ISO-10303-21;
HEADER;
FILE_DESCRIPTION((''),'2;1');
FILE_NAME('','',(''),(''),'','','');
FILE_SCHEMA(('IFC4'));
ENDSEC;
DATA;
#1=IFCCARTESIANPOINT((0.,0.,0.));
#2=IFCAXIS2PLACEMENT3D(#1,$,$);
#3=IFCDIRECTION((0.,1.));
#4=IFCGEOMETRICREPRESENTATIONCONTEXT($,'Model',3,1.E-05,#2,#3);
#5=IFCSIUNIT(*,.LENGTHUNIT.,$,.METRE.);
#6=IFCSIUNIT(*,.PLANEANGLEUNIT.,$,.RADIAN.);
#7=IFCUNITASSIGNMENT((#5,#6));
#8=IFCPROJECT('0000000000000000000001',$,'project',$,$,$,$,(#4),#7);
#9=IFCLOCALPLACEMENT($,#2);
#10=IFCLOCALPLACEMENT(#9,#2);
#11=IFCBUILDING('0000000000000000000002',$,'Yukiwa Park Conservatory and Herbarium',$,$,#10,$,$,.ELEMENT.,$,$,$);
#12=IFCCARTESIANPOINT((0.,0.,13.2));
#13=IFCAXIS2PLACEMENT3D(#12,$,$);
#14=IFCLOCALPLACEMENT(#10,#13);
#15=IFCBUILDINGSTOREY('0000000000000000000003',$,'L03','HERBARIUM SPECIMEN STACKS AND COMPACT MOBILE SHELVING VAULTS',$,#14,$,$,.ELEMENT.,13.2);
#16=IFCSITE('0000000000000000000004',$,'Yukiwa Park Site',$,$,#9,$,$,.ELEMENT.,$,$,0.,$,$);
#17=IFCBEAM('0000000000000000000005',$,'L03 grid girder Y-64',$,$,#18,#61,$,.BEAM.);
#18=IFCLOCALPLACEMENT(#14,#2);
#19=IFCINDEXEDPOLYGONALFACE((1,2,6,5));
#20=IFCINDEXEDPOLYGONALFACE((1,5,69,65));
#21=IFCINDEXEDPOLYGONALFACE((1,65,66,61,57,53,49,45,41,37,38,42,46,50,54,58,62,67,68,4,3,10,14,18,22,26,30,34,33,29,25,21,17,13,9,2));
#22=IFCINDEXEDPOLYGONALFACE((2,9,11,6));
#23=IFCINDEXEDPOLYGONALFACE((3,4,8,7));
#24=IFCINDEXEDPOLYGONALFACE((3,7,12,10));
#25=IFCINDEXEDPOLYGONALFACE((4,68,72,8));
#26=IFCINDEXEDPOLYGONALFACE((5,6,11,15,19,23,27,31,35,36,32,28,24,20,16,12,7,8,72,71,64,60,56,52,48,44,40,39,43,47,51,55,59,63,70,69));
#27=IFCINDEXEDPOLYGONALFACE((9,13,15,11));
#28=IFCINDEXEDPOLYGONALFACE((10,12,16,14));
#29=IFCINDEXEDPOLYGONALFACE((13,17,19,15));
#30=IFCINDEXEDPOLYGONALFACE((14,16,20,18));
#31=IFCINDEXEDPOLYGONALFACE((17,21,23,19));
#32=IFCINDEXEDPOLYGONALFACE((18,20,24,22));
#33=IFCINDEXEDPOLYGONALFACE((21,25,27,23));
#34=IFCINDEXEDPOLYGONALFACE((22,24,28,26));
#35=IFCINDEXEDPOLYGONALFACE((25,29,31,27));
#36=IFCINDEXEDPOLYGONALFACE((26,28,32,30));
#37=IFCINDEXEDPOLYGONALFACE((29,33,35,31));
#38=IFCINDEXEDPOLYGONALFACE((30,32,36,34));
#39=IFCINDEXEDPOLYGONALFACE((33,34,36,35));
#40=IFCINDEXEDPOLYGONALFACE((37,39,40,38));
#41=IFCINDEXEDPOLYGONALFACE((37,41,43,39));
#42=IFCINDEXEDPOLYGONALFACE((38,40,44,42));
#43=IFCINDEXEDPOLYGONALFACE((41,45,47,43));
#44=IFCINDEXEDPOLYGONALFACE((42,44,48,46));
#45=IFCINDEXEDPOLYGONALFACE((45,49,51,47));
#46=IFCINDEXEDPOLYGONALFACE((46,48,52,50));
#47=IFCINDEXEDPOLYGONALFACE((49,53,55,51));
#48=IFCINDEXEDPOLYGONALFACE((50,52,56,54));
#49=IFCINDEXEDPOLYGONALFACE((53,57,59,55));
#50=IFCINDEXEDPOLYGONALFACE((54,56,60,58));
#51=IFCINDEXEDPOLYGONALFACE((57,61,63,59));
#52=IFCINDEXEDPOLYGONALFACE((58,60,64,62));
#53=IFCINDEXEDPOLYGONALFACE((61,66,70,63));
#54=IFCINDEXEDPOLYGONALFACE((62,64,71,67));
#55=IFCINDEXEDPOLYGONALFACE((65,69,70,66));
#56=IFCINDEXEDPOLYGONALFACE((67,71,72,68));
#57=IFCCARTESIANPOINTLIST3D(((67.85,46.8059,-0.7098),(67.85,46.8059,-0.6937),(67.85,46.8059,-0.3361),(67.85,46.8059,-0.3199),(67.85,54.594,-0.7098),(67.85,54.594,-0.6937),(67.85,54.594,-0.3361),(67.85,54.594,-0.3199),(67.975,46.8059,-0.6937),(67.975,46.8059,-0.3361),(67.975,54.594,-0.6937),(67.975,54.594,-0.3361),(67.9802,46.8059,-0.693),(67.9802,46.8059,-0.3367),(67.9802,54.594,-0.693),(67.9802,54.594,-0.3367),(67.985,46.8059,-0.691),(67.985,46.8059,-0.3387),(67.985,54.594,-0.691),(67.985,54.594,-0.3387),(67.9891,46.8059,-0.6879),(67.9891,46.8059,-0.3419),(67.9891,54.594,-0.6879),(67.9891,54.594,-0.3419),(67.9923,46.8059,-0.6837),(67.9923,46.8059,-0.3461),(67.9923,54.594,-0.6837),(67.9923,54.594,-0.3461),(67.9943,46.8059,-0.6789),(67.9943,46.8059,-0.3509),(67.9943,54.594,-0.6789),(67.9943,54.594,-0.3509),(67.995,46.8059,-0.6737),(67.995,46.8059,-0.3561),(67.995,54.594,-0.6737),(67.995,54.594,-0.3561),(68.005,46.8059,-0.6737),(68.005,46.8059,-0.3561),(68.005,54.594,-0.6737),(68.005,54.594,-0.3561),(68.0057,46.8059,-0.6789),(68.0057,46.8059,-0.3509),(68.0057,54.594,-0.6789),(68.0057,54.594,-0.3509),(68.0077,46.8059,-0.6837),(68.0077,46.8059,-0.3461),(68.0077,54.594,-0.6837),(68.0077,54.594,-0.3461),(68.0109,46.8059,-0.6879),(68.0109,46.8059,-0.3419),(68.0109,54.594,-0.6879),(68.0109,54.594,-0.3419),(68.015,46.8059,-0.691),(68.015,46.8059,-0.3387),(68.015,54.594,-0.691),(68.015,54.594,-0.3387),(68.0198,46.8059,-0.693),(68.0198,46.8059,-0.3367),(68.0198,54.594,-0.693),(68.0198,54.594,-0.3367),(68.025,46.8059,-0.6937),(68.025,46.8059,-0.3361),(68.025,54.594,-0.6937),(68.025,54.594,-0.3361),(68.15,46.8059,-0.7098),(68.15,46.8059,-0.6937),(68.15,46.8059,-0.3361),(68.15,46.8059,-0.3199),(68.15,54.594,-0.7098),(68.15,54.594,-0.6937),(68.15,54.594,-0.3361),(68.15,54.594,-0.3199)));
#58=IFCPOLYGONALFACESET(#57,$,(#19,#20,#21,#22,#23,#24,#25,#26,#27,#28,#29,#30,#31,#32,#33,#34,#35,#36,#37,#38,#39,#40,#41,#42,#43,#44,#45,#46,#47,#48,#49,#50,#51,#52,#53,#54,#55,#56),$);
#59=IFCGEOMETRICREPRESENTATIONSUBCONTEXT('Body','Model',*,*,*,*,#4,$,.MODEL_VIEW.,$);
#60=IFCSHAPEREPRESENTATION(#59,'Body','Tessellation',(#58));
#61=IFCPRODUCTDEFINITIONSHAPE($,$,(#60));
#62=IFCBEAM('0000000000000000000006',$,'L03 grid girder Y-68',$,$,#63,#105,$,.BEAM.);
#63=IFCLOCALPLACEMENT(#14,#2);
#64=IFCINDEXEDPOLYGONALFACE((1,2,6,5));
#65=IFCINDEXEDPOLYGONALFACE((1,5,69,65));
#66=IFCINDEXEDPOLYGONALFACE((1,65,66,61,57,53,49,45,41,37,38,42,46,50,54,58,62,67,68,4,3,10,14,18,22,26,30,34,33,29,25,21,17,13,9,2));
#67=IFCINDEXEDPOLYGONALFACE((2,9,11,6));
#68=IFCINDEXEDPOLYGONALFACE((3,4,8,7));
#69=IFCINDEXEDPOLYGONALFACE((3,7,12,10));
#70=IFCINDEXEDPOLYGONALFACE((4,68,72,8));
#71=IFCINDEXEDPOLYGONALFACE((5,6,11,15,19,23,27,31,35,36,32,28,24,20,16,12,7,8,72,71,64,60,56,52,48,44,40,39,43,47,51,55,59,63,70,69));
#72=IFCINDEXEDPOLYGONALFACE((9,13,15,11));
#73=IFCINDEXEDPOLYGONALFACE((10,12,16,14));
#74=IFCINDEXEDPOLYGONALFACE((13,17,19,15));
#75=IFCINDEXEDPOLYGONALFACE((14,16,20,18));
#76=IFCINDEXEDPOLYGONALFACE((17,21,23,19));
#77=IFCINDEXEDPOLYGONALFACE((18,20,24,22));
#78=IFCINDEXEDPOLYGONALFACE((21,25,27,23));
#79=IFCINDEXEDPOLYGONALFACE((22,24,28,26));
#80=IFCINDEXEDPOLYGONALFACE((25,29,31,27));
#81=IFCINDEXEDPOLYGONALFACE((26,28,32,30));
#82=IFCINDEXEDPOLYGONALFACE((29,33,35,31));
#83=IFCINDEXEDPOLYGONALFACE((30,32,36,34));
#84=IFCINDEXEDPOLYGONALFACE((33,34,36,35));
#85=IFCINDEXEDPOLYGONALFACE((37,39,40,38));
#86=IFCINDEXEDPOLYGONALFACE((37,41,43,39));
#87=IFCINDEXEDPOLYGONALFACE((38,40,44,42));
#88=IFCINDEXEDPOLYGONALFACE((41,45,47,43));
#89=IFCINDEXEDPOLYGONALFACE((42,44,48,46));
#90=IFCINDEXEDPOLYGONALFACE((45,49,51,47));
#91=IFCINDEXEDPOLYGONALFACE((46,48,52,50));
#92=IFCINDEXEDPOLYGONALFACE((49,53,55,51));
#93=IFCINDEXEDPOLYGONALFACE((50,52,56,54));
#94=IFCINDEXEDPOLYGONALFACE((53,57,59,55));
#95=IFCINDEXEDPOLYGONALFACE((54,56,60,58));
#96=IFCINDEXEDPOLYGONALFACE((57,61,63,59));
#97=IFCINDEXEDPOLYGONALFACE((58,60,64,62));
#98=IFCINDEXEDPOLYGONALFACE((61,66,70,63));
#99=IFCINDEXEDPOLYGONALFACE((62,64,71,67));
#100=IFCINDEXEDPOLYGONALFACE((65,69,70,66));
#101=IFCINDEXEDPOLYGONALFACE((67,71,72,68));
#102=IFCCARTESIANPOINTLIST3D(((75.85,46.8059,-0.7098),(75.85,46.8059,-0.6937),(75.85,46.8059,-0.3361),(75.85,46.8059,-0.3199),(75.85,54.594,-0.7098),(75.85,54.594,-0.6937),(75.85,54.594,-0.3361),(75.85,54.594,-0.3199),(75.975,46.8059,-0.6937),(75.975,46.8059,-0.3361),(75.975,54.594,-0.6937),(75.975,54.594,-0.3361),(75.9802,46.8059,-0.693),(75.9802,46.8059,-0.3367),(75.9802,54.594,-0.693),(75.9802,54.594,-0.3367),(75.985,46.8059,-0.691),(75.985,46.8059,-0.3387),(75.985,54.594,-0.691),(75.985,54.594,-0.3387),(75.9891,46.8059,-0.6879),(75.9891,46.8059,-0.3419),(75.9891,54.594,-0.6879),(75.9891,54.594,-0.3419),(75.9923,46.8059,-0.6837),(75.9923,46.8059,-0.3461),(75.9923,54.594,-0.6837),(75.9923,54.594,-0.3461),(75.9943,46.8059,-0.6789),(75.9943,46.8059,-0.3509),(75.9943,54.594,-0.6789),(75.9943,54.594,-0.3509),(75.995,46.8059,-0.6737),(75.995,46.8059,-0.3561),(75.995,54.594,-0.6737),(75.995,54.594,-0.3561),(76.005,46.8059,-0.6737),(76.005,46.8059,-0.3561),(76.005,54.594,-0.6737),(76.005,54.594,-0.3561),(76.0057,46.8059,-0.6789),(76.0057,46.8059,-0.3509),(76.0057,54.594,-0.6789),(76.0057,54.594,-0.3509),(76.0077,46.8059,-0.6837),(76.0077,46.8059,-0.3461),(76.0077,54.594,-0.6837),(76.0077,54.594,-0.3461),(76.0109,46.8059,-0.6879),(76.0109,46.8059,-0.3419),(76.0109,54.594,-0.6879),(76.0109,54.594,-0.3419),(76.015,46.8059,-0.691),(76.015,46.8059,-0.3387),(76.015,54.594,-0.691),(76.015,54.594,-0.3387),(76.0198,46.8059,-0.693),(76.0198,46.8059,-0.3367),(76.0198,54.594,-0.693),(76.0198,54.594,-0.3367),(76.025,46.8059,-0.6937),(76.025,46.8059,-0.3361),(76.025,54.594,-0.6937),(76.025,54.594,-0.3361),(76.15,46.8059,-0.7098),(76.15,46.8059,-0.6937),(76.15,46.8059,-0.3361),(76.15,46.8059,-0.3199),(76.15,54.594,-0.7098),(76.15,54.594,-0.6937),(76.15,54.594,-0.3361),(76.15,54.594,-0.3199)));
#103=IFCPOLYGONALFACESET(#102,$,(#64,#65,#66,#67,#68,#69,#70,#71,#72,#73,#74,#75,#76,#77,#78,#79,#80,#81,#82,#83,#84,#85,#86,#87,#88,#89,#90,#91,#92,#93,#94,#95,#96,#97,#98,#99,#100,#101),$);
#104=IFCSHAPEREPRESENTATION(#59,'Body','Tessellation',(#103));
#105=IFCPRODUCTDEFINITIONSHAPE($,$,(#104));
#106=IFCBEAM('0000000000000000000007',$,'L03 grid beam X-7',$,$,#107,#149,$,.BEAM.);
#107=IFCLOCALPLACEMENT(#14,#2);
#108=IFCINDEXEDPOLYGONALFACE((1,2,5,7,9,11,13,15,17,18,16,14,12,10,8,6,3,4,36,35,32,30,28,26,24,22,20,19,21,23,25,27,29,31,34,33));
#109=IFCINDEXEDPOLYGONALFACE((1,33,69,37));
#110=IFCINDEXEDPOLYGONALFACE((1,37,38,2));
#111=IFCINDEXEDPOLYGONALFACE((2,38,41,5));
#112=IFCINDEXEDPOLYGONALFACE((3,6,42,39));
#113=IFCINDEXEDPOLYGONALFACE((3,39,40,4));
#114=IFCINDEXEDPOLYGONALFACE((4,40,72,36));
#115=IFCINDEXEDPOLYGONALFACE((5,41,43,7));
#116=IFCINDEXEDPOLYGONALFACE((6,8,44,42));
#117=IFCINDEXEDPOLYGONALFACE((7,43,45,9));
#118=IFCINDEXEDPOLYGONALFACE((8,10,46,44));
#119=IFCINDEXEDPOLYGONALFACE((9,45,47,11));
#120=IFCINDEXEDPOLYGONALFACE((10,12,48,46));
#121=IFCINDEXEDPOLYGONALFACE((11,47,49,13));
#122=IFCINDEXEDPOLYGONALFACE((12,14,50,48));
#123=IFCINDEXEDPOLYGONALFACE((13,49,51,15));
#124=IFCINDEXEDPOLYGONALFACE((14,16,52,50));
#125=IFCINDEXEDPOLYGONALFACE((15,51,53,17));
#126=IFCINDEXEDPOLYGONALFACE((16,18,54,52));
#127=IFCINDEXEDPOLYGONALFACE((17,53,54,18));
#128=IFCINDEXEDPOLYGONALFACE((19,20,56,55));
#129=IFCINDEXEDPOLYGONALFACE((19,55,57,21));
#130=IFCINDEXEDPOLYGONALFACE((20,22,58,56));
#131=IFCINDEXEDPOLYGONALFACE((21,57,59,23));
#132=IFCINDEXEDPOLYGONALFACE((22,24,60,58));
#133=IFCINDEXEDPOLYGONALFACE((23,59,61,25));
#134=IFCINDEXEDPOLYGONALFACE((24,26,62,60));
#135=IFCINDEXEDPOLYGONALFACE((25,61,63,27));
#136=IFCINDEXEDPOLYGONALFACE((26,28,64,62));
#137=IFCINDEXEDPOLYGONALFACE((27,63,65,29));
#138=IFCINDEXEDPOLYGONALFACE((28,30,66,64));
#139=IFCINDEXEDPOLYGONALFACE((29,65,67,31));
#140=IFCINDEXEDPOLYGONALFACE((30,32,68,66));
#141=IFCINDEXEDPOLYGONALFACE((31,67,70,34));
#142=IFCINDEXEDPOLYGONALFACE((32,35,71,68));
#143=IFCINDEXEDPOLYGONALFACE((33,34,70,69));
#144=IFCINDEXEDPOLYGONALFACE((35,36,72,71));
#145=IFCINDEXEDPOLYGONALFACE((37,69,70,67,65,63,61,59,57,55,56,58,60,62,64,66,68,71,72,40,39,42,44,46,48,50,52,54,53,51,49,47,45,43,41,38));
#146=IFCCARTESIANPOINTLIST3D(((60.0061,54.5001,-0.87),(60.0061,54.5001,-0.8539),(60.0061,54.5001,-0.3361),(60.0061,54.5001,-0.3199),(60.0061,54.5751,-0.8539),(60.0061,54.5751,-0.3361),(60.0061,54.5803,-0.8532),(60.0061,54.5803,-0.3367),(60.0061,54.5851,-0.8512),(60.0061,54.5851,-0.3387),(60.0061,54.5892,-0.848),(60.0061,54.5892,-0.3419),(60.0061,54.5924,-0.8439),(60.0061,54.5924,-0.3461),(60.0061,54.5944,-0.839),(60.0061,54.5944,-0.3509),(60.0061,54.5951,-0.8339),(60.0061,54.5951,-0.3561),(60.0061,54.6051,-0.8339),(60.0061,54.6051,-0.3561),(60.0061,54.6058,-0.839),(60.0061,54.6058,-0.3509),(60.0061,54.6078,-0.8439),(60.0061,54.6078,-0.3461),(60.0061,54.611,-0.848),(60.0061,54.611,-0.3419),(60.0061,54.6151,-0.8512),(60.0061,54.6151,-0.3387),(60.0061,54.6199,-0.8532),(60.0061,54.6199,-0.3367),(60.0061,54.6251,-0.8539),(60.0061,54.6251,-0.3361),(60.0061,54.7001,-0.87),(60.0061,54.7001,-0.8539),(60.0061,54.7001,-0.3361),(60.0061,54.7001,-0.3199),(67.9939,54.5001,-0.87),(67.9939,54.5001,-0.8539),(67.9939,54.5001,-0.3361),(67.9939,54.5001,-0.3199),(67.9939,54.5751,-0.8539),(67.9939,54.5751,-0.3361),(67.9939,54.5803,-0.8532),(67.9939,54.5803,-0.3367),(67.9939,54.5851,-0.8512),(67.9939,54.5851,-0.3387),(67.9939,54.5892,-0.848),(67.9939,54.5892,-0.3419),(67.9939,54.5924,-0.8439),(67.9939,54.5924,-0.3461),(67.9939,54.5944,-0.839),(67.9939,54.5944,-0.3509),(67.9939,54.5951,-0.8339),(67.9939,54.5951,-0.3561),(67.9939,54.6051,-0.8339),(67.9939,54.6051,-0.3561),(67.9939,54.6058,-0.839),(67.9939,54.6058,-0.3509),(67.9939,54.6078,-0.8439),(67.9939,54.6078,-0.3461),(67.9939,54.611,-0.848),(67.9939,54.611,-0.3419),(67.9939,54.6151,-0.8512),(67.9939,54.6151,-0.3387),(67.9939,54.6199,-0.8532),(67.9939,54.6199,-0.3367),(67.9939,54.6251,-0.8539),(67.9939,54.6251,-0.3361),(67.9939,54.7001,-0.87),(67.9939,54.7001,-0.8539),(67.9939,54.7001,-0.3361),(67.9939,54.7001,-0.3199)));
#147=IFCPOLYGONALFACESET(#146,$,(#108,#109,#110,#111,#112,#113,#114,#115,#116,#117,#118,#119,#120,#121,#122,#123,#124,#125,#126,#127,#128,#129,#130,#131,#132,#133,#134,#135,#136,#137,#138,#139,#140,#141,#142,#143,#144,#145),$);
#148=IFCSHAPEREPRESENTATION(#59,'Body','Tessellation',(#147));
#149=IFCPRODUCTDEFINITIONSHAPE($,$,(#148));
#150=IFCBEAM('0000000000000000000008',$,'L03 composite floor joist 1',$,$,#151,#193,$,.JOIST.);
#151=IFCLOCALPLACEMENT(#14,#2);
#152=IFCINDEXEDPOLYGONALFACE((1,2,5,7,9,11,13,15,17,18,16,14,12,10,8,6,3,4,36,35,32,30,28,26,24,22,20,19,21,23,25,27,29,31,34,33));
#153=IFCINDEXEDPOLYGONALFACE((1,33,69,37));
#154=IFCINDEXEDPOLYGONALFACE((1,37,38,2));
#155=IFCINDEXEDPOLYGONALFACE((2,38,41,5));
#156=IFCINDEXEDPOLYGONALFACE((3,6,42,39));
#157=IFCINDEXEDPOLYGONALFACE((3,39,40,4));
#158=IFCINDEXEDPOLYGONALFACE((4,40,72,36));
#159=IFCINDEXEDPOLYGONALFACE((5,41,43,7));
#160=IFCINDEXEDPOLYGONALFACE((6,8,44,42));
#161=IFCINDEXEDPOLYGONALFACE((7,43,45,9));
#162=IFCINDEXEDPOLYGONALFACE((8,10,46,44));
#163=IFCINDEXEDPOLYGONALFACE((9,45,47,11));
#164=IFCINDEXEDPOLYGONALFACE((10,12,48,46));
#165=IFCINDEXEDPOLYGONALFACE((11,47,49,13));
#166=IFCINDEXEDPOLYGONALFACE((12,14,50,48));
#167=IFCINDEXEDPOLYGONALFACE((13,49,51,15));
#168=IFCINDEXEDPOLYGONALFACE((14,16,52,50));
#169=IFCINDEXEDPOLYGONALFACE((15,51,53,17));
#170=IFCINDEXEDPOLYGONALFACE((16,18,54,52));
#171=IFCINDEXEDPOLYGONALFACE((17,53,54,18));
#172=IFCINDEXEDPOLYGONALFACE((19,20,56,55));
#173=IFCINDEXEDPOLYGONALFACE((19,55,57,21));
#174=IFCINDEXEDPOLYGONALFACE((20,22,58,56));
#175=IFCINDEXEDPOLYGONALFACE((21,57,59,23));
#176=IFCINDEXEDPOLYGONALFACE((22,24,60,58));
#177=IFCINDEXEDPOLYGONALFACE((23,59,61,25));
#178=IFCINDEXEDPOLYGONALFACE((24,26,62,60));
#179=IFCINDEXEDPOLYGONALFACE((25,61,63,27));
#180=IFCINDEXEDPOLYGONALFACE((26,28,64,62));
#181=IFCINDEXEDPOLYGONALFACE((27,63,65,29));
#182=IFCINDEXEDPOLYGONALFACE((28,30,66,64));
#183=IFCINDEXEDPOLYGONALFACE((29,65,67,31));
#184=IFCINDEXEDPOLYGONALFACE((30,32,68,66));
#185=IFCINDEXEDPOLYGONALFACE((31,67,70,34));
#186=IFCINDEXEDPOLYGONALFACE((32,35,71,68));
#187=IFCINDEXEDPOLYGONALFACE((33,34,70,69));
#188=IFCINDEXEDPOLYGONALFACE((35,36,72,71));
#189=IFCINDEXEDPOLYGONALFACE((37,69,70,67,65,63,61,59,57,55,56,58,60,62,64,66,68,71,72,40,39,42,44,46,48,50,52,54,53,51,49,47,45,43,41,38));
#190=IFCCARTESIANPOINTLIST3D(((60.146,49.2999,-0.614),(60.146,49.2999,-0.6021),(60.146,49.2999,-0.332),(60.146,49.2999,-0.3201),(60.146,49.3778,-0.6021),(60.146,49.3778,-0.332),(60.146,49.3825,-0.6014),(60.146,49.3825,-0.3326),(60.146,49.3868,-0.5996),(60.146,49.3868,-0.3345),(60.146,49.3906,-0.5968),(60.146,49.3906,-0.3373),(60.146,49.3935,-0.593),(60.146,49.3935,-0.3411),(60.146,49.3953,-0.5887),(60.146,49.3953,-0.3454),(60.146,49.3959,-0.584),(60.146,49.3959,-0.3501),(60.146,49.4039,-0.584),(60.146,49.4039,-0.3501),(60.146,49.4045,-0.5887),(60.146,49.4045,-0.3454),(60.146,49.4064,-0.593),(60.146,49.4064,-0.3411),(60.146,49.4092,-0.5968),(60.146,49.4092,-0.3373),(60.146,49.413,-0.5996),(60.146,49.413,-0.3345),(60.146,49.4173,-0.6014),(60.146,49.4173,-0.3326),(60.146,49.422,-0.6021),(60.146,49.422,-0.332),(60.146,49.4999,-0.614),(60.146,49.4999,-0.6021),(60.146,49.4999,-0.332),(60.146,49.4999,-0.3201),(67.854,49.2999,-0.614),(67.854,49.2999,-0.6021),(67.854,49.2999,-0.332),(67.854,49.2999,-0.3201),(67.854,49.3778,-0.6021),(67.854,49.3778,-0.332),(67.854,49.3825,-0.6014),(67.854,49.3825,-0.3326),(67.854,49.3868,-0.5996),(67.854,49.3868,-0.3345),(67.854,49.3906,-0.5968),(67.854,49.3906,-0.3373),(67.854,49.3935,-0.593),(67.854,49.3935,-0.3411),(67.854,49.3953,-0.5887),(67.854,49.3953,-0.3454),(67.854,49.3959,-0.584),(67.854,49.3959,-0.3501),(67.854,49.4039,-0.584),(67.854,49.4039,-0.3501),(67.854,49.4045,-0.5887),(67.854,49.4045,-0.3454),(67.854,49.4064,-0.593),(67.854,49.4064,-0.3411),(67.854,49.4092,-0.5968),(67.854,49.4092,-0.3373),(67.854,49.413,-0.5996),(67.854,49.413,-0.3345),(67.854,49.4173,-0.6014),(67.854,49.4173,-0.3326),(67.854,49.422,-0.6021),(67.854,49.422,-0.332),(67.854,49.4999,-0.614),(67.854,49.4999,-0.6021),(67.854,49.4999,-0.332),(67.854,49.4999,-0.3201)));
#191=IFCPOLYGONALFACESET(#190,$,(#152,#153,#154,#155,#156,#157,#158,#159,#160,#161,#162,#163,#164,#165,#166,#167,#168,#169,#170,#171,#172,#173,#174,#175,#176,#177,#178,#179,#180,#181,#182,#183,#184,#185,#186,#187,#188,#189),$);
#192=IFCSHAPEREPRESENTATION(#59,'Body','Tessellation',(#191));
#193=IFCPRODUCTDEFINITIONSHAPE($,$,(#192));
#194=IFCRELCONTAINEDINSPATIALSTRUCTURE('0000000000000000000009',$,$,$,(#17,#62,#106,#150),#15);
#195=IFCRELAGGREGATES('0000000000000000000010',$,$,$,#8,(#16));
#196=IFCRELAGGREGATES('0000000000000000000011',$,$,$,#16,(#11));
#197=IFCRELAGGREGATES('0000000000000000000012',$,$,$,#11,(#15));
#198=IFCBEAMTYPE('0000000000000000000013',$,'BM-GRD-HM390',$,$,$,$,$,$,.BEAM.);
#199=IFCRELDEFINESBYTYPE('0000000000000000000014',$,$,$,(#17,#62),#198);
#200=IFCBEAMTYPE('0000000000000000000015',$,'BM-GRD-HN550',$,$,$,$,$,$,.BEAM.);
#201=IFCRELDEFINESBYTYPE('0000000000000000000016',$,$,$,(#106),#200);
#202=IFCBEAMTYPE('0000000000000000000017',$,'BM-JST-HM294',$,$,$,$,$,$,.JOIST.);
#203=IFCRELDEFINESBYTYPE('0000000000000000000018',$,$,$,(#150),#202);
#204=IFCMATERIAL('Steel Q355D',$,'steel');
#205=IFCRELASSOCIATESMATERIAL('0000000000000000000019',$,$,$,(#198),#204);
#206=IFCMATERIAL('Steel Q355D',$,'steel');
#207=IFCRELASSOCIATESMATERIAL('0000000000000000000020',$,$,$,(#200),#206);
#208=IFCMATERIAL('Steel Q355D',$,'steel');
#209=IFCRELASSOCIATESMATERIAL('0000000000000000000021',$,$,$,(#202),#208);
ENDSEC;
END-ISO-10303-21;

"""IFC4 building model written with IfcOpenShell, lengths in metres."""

from ifc_helpers import new_model, si_unit, direction, frame, origin, origin_2d, place, context, subcontext, project, spatial, i_section, extrude, material, material_profile, profile_set, type_object, element, save


model = new_model("IFC4")

# Units and contexts
model_context = context("Model", 3, precision=1e-05, world=origin(), true_north=direction((0.0, 1.0)))
body_context = subcontext(model_context, "Body", "Model", "MODEL_VIEW")
ifc_project = project(units=[si_unit("LENGTHUNIT", "METRE"), si_unit("PLANEANGLEUNIT", "RADIAN")], contexts=[model_context])

# Site, building, storey
site_placement = place(None, origin())
site = spatial("IfcSite", under=ifc_project, at=site_placement, Name="Yukiwa Park Site", CompositionType="ELEMENT", RefElevation=0.0)
building_placement = place(site_placement, origin())
building = spatial("IfcBuilding", under=site, at=building_placement, Name="Yukiwa Park Conservatory and Herbarium", CompositionType="ELEMENT")
storey_placement = place(building_placement, frame((0.0, 0.0, 13.2)))
storey = spatial("IfcBuildingStorey", under=building, at=storey_placement, Name="L03", Description="HERBARIUM SPECIMEN STACKS AND COMPACT MOBILE SHELVING VAULTS", CompositionType="ELEMENT", Elevation=13.2)

# Beams
ifc_material_1 = material(Name="Steel Q355D", Category="steel")
ifc_material_profile_1 = material_profile(ifc_material_1, i_section(OverallWidth=0.3, OverallDepth=0.3899, WebThickness=0.01, FlangeThickness=0.0161, FilletRadius=0.02, at=origin_2d()), Name="HM 390x300x10x16")
ifc_profile_set_1 = profile_set([ifc_material_profile_1], Name="Steel Q355D")
beam_type_1 = type_object("IfcBeamType", Name="BM-GRD-HM390", PredefinedType="BEAM", material=ifc_profile_set_1)
for number, where, z_axis, x_axis, name in (
    (1, (68.0, 46.8059, -0.5149), (0.0, 1.0, 0.0), (-1.0, 0.0, 0.0), "L03 grid girder Y-64"),
    (2, (76.0, 46.8059, -0.5149), (0.0, 1.0, 0.0), (-1.0, 0.0, 0.0), "L03 grid girder Y-68"),
):
    element("IfcBeam", number, at=place(storey_placement, frame(where, z_axis=z_axis, x_axis=x_axis)), inside=storey, type_object=beam_type_1, Name=name, PredefinedType="BEAM", context=body_context, shape_type="SweptSolid", body=[
        extrude(i_section(OverallWidth=0.3, OverallDepth=0.3899, WebThickness=0.01, FlangeThickness=0.0161, FilletRadius=0.02, at=origin_2d()), origin(), (0.0, 0.0, 1.0), 7.7881),
    ])
ifc_material_2 = material(Name="Steel Q355D", Category="steel")
ifc_material_profile_2 = material_profile(ifc_material_2, i_section(OverallWidth=0.2, OverallDepth=0.55, WebThickness=0.01, FlangeThickness=0.0161, FilletRadius=0.02, at=origin_2d()), Name="HN 550x200x10x16")
ifc_profile_set_2 = profile_set([ifc_material_profile_2], Name="Steel Q355D")
beam_type_2 = type_object("IfcBeamType", Name="BM-GRD-HN550", PredefinedType="BEAM", material=ifc_profile_set_2)
beam_1_placement = place(storey_placement, frame((60.0061, 54.6001, -0.595), z_axis=(1.0, 0.0, 0.0), x_axis=(0.0, 1.0, 0.0)))
element("IfcBeam", 3, at=beam_1_placement, inside=storey, type_object=beam_type_2, Name="L03 grid beam X-7", PredefinedType="BEAM", context=body_context, shape_type="SweptSolid", body=[
    extrude(i_section(OverallWidth=0.2, OverallDepth=0.55, WebThickness=0.01, FlangeThickness=0.0161, FilletRadius=0.02, at=origin_2d()), origin(), (0.0, 0.0, 1.0), 7.9878),
])
ifc_material_3 = material(Name="Steel Q355D", Category="steel")
ifc_material_profile_3 = material_profile(ifc_material_3, i_section(OverallWidth=0.2, OverallDepth=0.2939, WebThickness=0.0081, FlangeThickness=0.012, FilletRadius=0.0181, at=origin_2d()), Name="HM 294x200x8x12")
ifc_profile_set_3 = profile_set([ifc_material_profile_3], Name="Steel Q355D")
beam_type_3 = type_object("IfcBeamType", Name="BM-JST-HM294", PredefinedType="JOIST", material=ifc_profile_set_3)
for number, where, z_axis, x_axis, name in (
    (4, (60.146, 49.3999, -0.467), (1.0, 0.0, 0.0), (0.0, 1.0, 0.0), "L03 composite floor joist 1"),
):
    element("IfcBeam", number, at=place(storey_placement, frame(where, z_axis=z_axis, x_axis=x_axis)), inside=storey, type_object=beam_type_3, Name=name, PredefinedType="JOIST", context=body_context, shape_type="SweptSolid", body=[
        extrude(i_section(OverallWidth=0.2, OverallDepth=0.2939, WebThickness=0.0081, FlangeThickness=0.012, FilletRadius=0.0181, at=origin_2d()), origin(), (0.0, 0.0, 1.0), 7.708),
    ])

save(model, "model.ifc")
